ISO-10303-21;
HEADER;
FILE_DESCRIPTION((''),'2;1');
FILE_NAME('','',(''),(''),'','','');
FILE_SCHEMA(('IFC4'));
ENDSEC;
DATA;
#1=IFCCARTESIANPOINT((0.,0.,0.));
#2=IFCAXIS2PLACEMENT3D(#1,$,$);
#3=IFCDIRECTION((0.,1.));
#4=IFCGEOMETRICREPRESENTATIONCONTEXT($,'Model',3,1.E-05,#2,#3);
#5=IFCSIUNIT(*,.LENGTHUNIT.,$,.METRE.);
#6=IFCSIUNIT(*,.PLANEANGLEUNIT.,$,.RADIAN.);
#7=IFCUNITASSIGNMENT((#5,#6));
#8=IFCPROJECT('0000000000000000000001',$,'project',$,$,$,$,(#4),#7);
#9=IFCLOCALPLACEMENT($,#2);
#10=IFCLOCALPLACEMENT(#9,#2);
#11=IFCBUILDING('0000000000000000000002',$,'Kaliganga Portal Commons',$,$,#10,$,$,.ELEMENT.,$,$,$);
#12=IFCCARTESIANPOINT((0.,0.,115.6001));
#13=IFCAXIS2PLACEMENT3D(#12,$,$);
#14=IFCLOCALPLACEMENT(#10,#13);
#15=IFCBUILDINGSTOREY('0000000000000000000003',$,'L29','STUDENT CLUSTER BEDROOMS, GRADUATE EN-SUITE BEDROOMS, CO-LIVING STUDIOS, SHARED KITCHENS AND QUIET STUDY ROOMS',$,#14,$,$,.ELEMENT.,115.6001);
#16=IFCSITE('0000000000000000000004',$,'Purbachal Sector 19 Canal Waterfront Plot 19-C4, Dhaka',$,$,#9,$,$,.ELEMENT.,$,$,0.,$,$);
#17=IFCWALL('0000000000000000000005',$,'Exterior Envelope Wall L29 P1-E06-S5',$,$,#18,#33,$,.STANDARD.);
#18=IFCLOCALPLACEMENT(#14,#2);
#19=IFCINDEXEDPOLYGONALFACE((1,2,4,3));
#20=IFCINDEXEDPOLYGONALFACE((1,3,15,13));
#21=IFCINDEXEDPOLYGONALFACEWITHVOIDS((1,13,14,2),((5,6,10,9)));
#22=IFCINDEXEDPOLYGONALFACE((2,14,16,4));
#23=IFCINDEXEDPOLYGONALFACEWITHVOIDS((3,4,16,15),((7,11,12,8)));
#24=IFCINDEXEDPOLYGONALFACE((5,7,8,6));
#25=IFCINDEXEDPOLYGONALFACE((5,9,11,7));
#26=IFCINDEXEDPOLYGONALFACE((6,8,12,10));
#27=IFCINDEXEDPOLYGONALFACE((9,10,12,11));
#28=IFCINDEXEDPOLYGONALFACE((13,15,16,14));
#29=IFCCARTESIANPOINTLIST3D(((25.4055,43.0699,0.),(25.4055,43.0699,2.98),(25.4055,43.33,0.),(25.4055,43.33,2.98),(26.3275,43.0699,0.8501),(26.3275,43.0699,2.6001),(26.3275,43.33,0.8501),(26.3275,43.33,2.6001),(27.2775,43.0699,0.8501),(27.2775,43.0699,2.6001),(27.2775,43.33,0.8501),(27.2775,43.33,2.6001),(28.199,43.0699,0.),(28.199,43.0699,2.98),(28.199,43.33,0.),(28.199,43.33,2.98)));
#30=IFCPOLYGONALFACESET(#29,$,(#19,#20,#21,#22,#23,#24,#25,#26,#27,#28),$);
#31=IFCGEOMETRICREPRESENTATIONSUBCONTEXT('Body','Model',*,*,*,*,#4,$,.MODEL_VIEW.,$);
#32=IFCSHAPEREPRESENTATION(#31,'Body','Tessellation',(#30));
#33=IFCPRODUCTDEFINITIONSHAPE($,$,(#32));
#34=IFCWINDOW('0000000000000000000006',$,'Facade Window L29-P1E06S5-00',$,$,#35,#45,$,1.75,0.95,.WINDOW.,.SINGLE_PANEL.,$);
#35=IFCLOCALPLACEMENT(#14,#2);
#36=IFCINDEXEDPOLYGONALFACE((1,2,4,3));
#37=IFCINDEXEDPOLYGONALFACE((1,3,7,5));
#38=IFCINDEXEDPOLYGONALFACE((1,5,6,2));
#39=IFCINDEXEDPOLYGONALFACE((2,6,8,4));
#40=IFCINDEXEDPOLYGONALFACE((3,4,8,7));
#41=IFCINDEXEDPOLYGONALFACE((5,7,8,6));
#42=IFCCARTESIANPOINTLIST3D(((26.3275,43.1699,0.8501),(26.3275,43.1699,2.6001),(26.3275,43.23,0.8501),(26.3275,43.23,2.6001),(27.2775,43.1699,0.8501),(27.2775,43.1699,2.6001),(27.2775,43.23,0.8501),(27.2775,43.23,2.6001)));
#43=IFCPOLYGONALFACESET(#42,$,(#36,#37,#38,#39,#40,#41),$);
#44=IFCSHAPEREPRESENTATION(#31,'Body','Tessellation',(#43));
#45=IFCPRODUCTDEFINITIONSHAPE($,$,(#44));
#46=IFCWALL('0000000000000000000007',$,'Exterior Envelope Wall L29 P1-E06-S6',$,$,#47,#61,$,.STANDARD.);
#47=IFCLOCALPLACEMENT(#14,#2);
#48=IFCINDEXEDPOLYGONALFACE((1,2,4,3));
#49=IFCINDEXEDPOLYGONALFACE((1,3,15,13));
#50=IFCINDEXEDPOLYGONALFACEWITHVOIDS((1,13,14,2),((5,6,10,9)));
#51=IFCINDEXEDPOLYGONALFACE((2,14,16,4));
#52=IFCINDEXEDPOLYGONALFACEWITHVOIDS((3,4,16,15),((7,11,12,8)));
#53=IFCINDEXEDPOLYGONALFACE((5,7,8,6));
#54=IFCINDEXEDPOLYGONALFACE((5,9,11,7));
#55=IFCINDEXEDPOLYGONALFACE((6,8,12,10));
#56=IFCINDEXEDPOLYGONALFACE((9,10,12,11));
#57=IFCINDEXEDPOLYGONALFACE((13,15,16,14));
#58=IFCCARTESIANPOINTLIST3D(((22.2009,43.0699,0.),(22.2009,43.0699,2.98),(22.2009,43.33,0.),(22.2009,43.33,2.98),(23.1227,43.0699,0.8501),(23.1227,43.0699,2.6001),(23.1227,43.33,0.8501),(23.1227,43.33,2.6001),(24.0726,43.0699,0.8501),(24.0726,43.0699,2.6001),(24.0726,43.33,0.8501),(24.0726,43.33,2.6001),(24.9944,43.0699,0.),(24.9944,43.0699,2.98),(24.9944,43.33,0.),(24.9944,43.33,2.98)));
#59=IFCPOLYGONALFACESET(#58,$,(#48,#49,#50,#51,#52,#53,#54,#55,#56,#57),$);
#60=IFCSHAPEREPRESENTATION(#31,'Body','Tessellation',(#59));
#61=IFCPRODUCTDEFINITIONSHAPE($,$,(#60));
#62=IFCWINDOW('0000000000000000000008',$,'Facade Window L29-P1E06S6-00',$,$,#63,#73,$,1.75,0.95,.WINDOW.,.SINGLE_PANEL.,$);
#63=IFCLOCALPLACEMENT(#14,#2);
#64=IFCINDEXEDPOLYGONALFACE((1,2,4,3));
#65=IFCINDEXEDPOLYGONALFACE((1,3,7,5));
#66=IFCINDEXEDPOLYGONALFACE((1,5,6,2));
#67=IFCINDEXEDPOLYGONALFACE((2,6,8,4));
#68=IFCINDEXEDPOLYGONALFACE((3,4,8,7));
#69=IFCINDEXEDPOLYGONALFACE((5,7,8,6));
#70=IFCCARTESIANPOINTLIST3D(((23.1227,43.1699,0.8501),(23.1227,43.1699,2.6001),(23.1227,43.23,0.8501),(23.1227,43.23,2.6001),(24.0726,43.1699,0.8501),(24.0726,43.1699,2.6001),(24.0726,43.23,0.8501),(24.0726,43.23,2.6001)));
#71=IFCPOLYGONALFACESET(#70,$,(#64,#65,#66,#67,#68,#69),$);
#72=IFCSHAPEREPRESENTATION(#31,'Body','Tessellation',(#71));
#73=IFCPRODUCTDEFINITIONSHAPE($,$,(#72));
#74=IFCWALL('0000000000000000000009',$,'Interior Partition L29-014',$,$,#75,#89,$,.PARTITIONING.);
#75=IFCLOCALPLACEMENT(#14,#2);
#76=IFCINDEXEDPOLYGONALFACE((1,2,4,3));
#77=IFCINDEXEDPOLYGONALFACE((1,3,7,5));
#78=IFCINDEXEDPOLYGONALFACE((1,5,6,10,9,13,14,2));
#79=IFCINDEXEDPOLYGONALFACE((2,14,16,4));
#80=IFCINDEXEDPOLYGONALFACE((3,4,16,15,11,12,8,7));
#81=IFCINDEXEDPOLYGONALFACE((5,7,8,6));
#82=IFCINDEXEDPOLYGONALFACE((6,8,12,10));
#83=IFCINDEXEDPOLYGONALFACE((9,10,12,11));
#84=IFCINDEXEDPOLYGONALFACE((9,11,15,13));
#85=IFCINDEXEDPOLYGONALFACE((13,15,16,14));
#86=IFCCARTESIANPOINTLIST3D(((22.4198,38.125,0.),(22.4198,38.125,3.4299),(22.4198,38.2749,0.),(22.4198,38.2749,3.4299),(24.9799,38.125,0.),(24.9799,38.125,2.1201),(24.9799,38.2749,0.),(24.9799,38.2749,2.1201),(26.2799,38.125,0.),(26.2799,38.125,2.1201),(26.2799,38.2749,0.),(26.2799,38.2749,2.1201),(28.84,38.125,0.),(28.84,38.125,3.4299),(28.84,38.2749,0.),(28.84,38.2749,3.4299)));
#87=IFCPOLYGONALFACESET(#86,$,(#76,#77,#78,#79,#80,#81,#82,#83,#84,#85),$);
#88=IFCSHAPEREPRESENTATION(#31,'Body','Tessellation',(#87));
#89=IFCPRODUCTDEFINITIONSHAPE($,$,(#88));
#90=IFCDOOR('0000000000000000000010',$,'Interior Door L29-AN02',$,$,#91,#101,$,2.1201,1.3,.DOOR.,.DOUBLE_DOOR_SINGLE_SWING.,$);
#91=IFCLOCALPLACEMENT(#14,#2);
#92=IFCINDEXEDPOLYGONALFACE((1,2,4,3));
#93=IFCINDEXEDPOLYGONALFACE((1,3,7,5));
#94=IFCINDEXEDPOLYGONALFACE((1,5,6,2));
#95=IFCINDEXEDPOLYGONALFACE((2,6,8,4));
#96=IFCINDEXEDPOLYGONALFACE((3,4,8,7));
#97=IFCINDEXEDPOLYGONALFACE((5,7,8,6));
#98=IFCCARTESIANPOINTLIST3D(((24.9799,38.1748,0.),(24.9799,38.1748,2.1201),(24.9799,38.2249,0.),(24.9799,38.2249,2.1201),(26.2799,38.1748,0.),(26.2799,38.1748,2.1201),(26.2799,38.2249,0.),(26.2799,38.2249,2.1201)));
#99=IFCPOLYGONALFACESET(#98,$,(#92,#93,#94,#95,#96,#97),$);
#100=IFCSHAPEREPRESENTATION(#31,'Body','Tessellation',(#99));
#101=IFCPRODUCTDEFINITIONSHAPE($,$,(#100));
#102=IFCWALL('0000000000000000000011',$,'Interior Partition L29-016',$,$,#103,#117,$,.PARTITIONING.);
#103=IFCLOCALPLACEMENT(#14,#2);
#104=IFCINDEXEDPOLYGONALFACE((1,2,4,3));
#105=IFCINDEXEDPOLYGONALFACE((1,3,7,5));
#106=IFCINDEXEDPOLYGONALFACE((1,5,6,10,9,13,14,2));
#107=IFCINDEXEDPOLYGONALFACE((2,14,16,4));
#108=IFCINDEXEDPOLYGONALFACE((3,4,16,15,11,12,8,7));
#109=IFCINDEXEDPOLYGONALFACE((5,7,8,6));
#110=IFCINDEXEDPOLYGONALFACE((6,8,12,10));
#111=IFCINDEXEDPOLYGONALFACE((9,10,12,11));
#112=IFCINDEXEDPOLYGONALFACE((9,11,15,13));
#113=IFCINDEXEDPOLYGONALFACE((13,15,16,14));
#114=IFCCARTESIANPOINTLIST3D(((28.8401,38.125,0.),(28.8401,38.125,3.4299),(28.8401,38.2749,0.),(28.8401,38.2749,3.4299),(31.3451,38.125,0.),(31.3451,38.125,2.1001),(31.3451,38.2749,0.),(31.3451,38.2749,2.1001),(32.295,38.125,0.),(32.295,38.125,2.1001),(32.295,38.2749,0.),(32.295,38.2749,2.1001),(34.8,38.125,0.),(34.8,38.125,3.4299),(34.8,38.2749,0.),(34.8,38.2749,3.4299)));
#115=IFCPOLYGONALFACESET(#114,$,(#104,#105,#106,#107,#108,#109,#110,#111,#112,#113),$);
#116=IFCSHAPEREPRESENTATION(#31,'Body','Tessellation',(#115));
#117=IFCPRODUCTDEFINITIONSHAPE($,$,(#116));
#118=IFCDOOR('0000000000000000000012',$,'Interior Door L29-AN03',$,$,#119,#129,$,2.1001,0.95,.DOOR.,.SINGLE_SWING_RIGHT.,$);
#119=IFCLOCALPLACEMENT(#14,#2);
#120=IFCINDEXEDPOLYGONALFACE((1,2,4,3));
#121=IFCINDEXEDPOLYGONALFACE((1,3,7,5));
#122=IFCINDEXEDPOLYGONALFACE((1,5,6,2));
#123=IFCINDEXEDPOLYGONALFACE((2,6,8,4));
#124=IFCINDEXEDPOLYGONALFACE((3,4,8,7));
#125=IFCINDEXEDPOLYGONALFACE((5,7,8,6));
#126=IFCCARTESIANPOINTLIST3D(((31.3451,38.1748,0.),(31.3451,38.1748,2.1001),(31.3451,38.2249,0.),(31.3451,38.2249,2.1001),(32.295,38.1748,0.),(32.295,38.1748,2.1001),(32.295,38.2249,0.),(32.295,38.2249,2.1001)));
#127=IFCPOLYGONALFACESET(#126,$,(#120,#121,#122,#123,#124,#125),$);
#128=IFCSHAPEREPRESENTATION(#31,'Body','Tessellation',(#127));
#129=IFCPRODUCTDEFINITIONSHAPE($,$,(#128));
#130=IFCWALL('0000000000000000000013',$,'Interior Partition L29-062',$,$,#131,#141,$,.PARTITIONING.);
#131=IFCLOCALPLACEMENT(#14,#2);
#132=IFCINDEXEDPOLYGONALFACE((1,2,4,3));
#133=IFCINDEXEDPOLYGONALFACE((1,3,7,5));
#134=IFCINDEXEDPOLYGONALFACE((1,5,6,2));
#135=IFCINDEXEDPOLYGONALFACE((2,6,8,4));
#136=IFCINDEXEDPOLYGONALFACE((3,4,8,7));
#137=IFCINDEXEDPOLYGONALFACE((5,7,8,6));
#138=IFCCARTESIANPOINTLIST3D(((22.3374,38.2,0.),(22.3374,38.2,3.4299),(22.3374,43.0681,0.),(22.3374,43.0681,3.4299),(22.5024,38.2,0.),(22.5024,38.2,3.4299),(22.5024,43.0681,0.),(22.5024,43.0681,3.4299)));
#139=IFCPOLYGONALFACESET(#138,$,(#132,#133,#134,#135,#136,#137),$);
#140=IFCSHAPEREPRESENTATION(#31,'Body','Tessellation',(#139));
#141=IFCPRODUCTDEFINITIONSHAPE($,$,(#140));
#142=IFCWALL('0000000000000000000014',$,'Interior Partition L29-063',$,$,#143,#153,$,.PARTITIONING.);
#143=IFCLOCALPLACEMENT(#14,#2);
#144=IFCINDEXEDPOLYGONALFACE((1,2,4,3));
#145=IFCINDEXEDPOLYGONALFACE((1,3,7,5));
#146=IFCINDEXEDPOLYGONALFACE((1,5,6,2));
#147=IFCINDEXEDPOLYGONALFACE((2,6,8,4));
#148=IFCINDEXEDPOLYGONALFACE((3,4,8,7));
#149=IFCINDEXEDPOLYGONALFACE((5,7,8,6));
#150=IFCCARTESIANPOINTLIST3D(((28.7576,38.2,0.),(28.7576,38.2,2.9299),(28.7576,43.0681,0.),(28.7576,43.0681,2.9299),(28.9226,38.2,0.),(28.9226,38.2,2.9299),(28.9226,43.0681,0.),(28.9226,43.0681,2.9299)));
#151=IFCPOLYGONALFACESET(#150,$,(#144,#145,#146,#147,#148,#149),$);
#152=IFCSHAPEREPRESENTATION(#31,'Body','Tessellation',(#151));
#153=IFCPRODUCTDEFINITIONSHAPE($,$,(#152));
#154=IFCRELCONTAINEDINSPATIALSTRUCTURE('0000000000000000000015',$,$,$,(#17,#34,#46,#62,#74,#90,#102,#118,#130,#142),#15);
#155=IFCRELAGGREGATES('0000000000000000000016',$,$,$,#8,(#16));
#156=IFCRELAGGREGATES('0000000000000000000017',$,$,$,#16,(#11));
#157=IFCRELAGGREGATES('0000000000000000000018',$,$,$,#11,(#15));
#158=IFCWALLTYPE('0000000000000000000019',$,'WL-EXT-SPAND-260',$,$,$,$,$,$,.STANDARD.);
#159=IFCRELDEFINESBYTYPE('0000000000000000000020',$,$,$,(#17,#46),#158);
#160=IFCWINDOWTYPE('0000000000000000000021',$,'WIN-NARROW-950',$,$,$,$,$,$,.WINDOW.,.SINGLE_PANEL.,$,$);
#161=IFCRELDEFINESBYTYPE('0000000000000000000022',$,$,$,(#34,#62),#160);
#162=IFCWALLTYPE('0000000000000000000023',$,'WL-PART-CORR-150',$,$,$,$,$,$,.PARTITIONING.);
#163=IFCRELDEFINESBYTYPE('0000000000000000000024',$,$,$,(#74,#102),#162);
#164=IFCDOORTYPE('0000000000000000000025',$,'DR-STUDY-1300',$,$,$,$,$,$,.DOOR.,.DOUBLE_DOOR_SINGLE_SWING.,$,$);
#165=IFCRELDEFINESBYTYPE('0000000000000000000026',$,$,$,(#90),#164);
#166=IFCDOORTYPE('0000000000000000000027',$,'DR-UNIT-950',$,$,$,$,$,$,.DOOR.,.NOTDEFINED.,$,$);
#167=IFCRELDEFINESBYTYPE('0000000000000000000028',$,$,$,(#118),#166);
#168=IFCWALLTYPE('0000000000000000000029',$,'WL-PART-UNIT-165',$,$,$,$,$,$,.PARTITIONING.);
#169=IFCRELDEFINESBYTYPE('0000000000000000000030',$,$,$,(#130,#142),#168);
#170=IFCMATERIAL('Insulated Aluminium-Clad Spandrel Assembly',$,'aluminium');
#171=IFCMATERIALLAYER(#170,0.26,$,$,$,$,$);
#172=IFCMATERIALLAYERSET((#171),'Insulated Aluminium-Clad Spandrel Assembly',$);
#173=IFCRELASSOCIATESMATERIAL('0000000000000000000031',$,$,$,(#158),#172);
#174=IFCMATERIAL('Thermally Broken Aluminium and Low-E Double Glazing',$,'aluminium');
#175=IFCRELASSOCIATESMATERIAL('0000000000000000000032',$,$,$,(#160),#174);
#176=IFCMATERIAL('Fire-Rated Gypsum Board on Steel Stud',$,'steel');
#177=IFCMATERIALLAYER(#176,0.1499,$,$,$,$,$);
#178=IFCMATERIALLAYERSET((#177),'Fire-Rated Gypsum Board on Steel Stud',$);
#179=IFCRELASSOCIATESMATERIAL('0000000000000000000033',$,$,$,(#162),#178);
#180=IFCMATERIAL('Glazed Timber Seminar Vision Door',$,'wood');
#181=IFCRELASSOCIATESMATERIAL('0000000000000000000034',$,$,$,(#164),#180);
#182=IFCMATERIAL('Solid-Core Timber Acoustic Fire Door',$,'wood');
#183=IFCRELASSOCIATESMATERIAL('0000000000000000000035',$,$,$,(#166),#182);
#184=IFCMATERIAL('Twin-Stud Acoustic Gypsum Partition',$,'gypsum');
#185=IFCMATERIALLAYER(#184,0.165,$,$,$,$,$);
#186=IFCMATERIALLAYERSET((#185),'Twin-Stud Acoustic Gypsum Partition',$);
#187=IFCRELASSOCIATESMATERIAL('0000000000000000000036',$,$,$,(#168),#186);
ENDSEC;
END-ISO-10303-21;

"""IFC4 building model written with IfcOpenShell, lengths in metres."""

from ifc_helpers import new_model, si_unit, direction, frame, frame_2d, origin, place, context, subcontext, project, spatial, rectangle, extrude, material, layer, layer_set, type_object, element, fill, save


model = new_model("IFC4")

# Units and contexts
model_context = context("Model", 3, precision=1e-05, world=origin(), true_north=direction((0.0, 1.0)))
body_context = subcontext(model_context, "Body", "Model", "MODEL_VIEW")
ifc_project = project(units=[si_unit("LENGTHUNIT", "METRE"), si_unit("PLANEANGLEUNIT", "RADIAN")], contexts=[model_context])

# Site, building, storey
site_placement = place(None, origin())
site = spatial("IfcSite", under=ifc_project, at=site_placement, Name="Purbachal Sector 19 Canal Waterfront Plot 19-C4, Dhaka", CompositionType="ELEMENT", RefElevation=0.0)
building_placement = place(site_placement, origin())
building = spatial("IfcBuilding", under=site, at=building_placement, Name="Kaliganga Portal Commons", CompositionType="ELEMENT")
storey_placement = place(building_placement, frame((0.0, 0.0, 115.6001)))
storey = spatial("IfcBuildingStorey", under=building, at=storey_placement, Name="L29", Description="STUDENT CLUSTER BEDROOMS, GRADUATE EN-SUITE BEDROOMS, CO-LIVING STUDIOS, SHARED KITCHENS AND QUIET STUDY ROOMS", CompositionType="ELEMENT", Elevation=115.6001)

# Walls, openings, windows
ifc_material_1 = material(Name="Insulated Aluminium-Clad Spandrel Assembly", Category="aluminium")
ifc_layer_1 = layer(ifc_material_1, 0.26)
ifc_layer_set_1 = layer_set([ifc_layer_1], Name="Insulated Aluminium-Clad Spandrel Assembly")
wall_type_1 = type_object("IfcWallType", Name="WL-EXT-SPAND-260", PredefinedType="STANDARD", material=ifc_layer_set_1)
ifc_material_2 = material(Name="Thermally Broken Aluminium and Low-E Double Glazing", Category="aluminium")
window_type = type_object("IfcWindowType", Name="WIN-NARROW-950", PartitioningType="SINGLE_PANEL", PredefinedType="WINDOW", material=ifc_material_2)
wall_1_placement = place(storey_placement, frame((25.4055, 43.2, 0.0), z_axis=(0.0, 0.0, 1.0), x_axis=(1.0, 0.0, 0.0)))
wall_1 = element("IfcWall", 1, at=wall_1_placement, inside=storey, type_object=wall_type_1, Name="Exterior Envelope Wall L29 P1-E06-S5", PredefinedType="STANDARD", context=body_context, shape_type="SweptSolid", body=[
    extrude(rectangle(XDim=2.7935, YDim=0.26, at=frame_2d((1.3967, 0.0))), origin(), (0.0, 0.0, 1.0), 2.98),
])
opening_1_placement = place(wall_1_placement, frame((0.9219, 0.0, 0.8501)))
opening_1 = element("IfcOpeningElement", 2, at=opening_1_placement, cuts=wall_1, PredefinedType="OPENING", context=body_context, shape_type="SweptSolid", body=[
    extrude(rectangle(XDim=0.95, YDim=1.75, at=frame_2d((0.4751, 0.875))), frame((0.0, 0.1401, 0.0), z_axis=(0.0, -1.0, 0.0), x_axis=(1.0, 0.0, 0.0)), (0.0, 0.0, 1.0), 0.28),
])
window_1_placement = place(opening_1_placement, origin())
window_1 = element("IfcWindow", 3, at=window_1_placement, inside=storey, type_object=window_type, Name="Facade Window L29-P1E06S5-00", OverallHeight=1.75, OverallWidth=0.95, PartitioningType="SINGLE_PANEL", PredefinedType="WINDOW", context=body_context, shape_type="SweptSolid", body=[
    extrude(rectangle(XDim=0.95, YDim=1.75, at=frame_2d((0.4751, 0.875))), frame((0.0, 0.03, 0.0), z_axis=(0.0, -1.0, 0.0), x_axis=(1.0, 0.0, 0.0)), (0.0, 0.0, 1.0), 0.0601),
])
fill(opening_1, window_1)
wall_2_placement = place(storey_placement, frame((22.2009, 43.2, 0.0), z_axis=(0.0, 0.0, 1.0), x_axis=(1.0, 0.0, 0.0)))
wall_2 = element("IfcWall", 4, at=wall_2_placement, inside=storey, type_object=wall_type_1, Name="Exterior Envelope Wall L29 P1-E06-S6", PredefinedType="STANDARD", context=body_context, shape_type="SweptSolid", body=[
    extrude(rectangle(XDim=2.7935, YDim=0.26, at=frame_2d((1.3967, 0.0))), origin(), (0.0, 0.0, 1.0), 2.98),
])
opening_2_placement = place(wall_2_placement, frame((0.9216, 0.0, 0.8501)))
opening_2 = element("IfcOpeningElement", 5, at=opening_2_placement, cuts=wall_2, PredefinedType="OPENING", context=body_context, shape_type="SweptSolid", body=[
    extrude(rectangle(XDim=0.95, YDim=1.75, at=frame_2d((0.4751, 0.875))), frame((0.0, 0.1401, 0.0), z_axis=(0.0, -1.0, 0.0), x_axis=(1.0, 0.0, 0.0)), (0.0, 0.0, 1.0), 0.28),
])
window_2_placement = place(opening_2_placement, origin())
window_2 = element("IfcWindow", 6, at=window_2_placement, inside=storey, type_object=window_type, Name="Facade Window L29-P1E06S6-00", OverallHeight=1.75, OverallWidth=0.95, PartitioningType="SINGLE_PANEL", PredefinedType="WINDOW", context=body_context, shape_type="SweptSolid", body=[
    extrude(rectangle(XDim=0.95, YDim=1.75, at=frame_2d((0.4751, 0.875))), frame((0.0, 0.03, 0.0), z_axis=(0.0, -1.0, 0.0), x_axis=(1.0, 0.0, 0.0)), (0.0, 0.0, 1.0), 0.0601),
])
fill(opening_2, window_2)

# Walls, openings, doors
ifc_material_3 = material(Name="Fire-Rated Gypsum Board on Steel Stud", Category="steel")
ifc_layer_2 = layer(ifc_material_3, 0.1499)
ifc_layer_set_2 = layer_set([ifc_layer_2], Name="Fire-Rated Gypsum Board on Steel Stud")
wall_type_2 = type_object("IfcWallType", Name="WL-PART-CORR-150", PredefinedType="PARTITIONING", material=ifc_layer_set_2)
wall_3_placement = place(storey_placement, frame((22.4199, 38.2, 0.0), z_axis=(0.0, 0.0, 1.0), x_axis=(1.0, 0.0, 0.0)))
wall_3 = element("IfcWall", 7, at=wall_3_placement, inside=storey, type_object=wall_type_2, Name="Interior Partition L29-014", PredefinedType="PARTITIONING", context=body_context, shape_type="SweptSolid", body=[
    extrude(rectangle(XDim=6.4202, YDim=0.1499, at=frame_2d((3.21, 0.0))), origin(), (0.0, 0.0, 1.0), 3.4299),
])
opening_3_placement = place(wall_3_placement, frame((2.5601, 0.0, 0.0)))
opening_3 = element("IfcOpeningElement", 8, at=opening_3_placement, cuts=wall_3, PredefinedType="OPENING", context=body_context, shape_type="SweptSolid", body=[
    extrude(rectangle(XDim=1.3, YDim=2.1201, at=frame_2d((0.6499, 1.0601))), frame((0.0, 0.085, 0.0), z_axis=(0.0, -1.0, 0.0), x_axis=(1.0, 0.0, 0.0)), (0.0, 0.0, 1.0), 0.1699),
])
ifc_material_4 = material(Name="Glazed Timber Seminar Vision Door", Category="wood")
door_type_1 = type_object("IfcDoorType", Name="DR-STUDY-1300", OperationType="DOUBLE_DOOR_SINGLE_SWING", PredefinedType="DOOR", material=ifc_material_4)
door_1_placement = place(opening_3_placement, origin())
door_1 = element("IfcDoor", 9, at=door_1_placement, inside=storey, type_object=door_type_1, Name="Interior Door L29-AN02", OperationType="DOUBLE_DOOR_SINGLE_SWING", OverallHeight=2.1201, OverallWidth=1.3, PredefinedType="DOOR", context=body_context, shape_type="SweptSolid", body=[
    extrude(rectangle(XDim=1.3, YDim=2.1201, at=frame_2d((0.6499, 1.0601))), frame((0.0, 0.0249, 0.0), z_axis=(0.0, -1.0, 0.0), x_axis=(1.0, 0.0, 0.0)), (0.0, 0.0, 1.0), 0.05),
])
fill(opening_3, door_1)
wall_4_placement = place(storey_placement, frame((28.8401, 38.2, 0.0), z_axis=(0.0, 0.0, 1.0), x_axis=(1.0, 0.0, 0.0)))
wall_4 = element("IfcWall", 10, at=wall_4_placement, inside=storey, type_object=wall_type_2, Name="Interior Partition L29-016", PredefinedType="PARTITIONING", context=body_context, shape_type="SweptSolid", body=[
    extrude(rectangle(XDim=5.96, YDim=0.1499, at=frame_2d((2.98, 0.0))), origin(), (0.0, 0.0, 1.0), 3.4299),
])
opening_4_placement = place(wall_4_placement, frame((2.5049, 0.0, 0.0)))
opening_4 = element("IfcOpeningElement", 11, at=opening_4_placement, cuts=wall_4, PredefinedType="OPENING", context=body_context, shape_type="SweptSolid", body=[
    extrude(rectangle(XDim=0.95, YDim=2.1001, at=frame_2d((0.4751, 1.05))), frame((0.0, 0.085, 0.0), z_axis=(0.0, -1.0, 0.0), x_axis=(1.0, 0.0, 0.0)), (0.0, 0.0, 1.0), 0.1699),
])
ifc_material_5 = material(Name="Solid-Core Timber Acoustic Fire Door", Category="wood")
door_type_2 = type_object("IfcDoorType", Name="DR-UNIT-950", OperationType="NOTDEFINED", PredefinedType="DOOR", material=ifc_material_5)
door_2_placement = place(opening_4_placement, origin())
door_2 = element("IfcDoor", 12, at=door_2_placement, inside=storey, type_object=door_type_2, Name="Interior Door L29-AN03", OperationType="SINGLE_SWING_RIGHT", OverallHeight=2.1001, OverallWidth=0.95, PredefinedType="DOOR", context=body_context, shape_type="SweptSolid", body=[
    extrude(rectangle(XDim=0.95, YDim=2.1001, at=frame_2d((0.4751, 1.05))), frame((0.0, 0.0249, 0.0), z_axis=(0.0, -1.0, 0.0), x_axis=(1.0, 0.0, 0.0)), (0.0, 0.0, 1.0), 0.05),
])
fill(opening_4, door_2)

# Walls
ifc_material_6 = material(Name="Twin-Stud Acoustic Gypsum Partition", Category="gypsum")
ifc_layer_3 = layer(ifc_material_6, 0.165)
ifc_layer_set_3 = layer_set([ifc_layer_3], Name="Twin-Stud Acoustic Gypsum Partition")
wall_type_3 = type_object("IfcWallType", Name="WL-PART-UNIT-165", PredefinedType="PARTITIONING", material=ifc_layer_set_3)
wall_5_placement = place(storey_placement, frame((22.4199, 38.2, 0.0), z_axis=(0.0, 0.0, 1.0), x_axis=(0.0, 1.0, 0.0)))
element("IfcWall", 13, at=wall_5_placement, inside=storey, type_object=wall_type_3, Name="Interior Partition L29-062", PredefinedType="PARTITIONING", context=body_context, shape_type="SweptSolid", body=[
    extrude(rectangle(XDim=4.8682, YDim=0.165, at=frame_2d((2.4341, 0.0))), origin(), (0.0, 0.0, 1.0), 3.4299),
])
wall_6_placement = place(storey_placement, frame((28.8401, 38.2, 0.0), z_axis=(0.0, 0.0, 1.0), x_axis=(0.0, 1.0, 0.0)))
element("IfcWall", 14, at=wall_6_placement, inside=storey, type_object=wall_type_3, Name="Interior Partition L29-063", PredefinedType="PARTITIONING", context=body_context, shape_type="SweptSolid", body=[
    extrude(rectangle(XDim=4.8682, YDim=0.165, at=frame_2d((2.4341, 0.0))), origin(), (0.0, 0.0, 1.0), 2.9299),
])

save(model, "model.ifc")
